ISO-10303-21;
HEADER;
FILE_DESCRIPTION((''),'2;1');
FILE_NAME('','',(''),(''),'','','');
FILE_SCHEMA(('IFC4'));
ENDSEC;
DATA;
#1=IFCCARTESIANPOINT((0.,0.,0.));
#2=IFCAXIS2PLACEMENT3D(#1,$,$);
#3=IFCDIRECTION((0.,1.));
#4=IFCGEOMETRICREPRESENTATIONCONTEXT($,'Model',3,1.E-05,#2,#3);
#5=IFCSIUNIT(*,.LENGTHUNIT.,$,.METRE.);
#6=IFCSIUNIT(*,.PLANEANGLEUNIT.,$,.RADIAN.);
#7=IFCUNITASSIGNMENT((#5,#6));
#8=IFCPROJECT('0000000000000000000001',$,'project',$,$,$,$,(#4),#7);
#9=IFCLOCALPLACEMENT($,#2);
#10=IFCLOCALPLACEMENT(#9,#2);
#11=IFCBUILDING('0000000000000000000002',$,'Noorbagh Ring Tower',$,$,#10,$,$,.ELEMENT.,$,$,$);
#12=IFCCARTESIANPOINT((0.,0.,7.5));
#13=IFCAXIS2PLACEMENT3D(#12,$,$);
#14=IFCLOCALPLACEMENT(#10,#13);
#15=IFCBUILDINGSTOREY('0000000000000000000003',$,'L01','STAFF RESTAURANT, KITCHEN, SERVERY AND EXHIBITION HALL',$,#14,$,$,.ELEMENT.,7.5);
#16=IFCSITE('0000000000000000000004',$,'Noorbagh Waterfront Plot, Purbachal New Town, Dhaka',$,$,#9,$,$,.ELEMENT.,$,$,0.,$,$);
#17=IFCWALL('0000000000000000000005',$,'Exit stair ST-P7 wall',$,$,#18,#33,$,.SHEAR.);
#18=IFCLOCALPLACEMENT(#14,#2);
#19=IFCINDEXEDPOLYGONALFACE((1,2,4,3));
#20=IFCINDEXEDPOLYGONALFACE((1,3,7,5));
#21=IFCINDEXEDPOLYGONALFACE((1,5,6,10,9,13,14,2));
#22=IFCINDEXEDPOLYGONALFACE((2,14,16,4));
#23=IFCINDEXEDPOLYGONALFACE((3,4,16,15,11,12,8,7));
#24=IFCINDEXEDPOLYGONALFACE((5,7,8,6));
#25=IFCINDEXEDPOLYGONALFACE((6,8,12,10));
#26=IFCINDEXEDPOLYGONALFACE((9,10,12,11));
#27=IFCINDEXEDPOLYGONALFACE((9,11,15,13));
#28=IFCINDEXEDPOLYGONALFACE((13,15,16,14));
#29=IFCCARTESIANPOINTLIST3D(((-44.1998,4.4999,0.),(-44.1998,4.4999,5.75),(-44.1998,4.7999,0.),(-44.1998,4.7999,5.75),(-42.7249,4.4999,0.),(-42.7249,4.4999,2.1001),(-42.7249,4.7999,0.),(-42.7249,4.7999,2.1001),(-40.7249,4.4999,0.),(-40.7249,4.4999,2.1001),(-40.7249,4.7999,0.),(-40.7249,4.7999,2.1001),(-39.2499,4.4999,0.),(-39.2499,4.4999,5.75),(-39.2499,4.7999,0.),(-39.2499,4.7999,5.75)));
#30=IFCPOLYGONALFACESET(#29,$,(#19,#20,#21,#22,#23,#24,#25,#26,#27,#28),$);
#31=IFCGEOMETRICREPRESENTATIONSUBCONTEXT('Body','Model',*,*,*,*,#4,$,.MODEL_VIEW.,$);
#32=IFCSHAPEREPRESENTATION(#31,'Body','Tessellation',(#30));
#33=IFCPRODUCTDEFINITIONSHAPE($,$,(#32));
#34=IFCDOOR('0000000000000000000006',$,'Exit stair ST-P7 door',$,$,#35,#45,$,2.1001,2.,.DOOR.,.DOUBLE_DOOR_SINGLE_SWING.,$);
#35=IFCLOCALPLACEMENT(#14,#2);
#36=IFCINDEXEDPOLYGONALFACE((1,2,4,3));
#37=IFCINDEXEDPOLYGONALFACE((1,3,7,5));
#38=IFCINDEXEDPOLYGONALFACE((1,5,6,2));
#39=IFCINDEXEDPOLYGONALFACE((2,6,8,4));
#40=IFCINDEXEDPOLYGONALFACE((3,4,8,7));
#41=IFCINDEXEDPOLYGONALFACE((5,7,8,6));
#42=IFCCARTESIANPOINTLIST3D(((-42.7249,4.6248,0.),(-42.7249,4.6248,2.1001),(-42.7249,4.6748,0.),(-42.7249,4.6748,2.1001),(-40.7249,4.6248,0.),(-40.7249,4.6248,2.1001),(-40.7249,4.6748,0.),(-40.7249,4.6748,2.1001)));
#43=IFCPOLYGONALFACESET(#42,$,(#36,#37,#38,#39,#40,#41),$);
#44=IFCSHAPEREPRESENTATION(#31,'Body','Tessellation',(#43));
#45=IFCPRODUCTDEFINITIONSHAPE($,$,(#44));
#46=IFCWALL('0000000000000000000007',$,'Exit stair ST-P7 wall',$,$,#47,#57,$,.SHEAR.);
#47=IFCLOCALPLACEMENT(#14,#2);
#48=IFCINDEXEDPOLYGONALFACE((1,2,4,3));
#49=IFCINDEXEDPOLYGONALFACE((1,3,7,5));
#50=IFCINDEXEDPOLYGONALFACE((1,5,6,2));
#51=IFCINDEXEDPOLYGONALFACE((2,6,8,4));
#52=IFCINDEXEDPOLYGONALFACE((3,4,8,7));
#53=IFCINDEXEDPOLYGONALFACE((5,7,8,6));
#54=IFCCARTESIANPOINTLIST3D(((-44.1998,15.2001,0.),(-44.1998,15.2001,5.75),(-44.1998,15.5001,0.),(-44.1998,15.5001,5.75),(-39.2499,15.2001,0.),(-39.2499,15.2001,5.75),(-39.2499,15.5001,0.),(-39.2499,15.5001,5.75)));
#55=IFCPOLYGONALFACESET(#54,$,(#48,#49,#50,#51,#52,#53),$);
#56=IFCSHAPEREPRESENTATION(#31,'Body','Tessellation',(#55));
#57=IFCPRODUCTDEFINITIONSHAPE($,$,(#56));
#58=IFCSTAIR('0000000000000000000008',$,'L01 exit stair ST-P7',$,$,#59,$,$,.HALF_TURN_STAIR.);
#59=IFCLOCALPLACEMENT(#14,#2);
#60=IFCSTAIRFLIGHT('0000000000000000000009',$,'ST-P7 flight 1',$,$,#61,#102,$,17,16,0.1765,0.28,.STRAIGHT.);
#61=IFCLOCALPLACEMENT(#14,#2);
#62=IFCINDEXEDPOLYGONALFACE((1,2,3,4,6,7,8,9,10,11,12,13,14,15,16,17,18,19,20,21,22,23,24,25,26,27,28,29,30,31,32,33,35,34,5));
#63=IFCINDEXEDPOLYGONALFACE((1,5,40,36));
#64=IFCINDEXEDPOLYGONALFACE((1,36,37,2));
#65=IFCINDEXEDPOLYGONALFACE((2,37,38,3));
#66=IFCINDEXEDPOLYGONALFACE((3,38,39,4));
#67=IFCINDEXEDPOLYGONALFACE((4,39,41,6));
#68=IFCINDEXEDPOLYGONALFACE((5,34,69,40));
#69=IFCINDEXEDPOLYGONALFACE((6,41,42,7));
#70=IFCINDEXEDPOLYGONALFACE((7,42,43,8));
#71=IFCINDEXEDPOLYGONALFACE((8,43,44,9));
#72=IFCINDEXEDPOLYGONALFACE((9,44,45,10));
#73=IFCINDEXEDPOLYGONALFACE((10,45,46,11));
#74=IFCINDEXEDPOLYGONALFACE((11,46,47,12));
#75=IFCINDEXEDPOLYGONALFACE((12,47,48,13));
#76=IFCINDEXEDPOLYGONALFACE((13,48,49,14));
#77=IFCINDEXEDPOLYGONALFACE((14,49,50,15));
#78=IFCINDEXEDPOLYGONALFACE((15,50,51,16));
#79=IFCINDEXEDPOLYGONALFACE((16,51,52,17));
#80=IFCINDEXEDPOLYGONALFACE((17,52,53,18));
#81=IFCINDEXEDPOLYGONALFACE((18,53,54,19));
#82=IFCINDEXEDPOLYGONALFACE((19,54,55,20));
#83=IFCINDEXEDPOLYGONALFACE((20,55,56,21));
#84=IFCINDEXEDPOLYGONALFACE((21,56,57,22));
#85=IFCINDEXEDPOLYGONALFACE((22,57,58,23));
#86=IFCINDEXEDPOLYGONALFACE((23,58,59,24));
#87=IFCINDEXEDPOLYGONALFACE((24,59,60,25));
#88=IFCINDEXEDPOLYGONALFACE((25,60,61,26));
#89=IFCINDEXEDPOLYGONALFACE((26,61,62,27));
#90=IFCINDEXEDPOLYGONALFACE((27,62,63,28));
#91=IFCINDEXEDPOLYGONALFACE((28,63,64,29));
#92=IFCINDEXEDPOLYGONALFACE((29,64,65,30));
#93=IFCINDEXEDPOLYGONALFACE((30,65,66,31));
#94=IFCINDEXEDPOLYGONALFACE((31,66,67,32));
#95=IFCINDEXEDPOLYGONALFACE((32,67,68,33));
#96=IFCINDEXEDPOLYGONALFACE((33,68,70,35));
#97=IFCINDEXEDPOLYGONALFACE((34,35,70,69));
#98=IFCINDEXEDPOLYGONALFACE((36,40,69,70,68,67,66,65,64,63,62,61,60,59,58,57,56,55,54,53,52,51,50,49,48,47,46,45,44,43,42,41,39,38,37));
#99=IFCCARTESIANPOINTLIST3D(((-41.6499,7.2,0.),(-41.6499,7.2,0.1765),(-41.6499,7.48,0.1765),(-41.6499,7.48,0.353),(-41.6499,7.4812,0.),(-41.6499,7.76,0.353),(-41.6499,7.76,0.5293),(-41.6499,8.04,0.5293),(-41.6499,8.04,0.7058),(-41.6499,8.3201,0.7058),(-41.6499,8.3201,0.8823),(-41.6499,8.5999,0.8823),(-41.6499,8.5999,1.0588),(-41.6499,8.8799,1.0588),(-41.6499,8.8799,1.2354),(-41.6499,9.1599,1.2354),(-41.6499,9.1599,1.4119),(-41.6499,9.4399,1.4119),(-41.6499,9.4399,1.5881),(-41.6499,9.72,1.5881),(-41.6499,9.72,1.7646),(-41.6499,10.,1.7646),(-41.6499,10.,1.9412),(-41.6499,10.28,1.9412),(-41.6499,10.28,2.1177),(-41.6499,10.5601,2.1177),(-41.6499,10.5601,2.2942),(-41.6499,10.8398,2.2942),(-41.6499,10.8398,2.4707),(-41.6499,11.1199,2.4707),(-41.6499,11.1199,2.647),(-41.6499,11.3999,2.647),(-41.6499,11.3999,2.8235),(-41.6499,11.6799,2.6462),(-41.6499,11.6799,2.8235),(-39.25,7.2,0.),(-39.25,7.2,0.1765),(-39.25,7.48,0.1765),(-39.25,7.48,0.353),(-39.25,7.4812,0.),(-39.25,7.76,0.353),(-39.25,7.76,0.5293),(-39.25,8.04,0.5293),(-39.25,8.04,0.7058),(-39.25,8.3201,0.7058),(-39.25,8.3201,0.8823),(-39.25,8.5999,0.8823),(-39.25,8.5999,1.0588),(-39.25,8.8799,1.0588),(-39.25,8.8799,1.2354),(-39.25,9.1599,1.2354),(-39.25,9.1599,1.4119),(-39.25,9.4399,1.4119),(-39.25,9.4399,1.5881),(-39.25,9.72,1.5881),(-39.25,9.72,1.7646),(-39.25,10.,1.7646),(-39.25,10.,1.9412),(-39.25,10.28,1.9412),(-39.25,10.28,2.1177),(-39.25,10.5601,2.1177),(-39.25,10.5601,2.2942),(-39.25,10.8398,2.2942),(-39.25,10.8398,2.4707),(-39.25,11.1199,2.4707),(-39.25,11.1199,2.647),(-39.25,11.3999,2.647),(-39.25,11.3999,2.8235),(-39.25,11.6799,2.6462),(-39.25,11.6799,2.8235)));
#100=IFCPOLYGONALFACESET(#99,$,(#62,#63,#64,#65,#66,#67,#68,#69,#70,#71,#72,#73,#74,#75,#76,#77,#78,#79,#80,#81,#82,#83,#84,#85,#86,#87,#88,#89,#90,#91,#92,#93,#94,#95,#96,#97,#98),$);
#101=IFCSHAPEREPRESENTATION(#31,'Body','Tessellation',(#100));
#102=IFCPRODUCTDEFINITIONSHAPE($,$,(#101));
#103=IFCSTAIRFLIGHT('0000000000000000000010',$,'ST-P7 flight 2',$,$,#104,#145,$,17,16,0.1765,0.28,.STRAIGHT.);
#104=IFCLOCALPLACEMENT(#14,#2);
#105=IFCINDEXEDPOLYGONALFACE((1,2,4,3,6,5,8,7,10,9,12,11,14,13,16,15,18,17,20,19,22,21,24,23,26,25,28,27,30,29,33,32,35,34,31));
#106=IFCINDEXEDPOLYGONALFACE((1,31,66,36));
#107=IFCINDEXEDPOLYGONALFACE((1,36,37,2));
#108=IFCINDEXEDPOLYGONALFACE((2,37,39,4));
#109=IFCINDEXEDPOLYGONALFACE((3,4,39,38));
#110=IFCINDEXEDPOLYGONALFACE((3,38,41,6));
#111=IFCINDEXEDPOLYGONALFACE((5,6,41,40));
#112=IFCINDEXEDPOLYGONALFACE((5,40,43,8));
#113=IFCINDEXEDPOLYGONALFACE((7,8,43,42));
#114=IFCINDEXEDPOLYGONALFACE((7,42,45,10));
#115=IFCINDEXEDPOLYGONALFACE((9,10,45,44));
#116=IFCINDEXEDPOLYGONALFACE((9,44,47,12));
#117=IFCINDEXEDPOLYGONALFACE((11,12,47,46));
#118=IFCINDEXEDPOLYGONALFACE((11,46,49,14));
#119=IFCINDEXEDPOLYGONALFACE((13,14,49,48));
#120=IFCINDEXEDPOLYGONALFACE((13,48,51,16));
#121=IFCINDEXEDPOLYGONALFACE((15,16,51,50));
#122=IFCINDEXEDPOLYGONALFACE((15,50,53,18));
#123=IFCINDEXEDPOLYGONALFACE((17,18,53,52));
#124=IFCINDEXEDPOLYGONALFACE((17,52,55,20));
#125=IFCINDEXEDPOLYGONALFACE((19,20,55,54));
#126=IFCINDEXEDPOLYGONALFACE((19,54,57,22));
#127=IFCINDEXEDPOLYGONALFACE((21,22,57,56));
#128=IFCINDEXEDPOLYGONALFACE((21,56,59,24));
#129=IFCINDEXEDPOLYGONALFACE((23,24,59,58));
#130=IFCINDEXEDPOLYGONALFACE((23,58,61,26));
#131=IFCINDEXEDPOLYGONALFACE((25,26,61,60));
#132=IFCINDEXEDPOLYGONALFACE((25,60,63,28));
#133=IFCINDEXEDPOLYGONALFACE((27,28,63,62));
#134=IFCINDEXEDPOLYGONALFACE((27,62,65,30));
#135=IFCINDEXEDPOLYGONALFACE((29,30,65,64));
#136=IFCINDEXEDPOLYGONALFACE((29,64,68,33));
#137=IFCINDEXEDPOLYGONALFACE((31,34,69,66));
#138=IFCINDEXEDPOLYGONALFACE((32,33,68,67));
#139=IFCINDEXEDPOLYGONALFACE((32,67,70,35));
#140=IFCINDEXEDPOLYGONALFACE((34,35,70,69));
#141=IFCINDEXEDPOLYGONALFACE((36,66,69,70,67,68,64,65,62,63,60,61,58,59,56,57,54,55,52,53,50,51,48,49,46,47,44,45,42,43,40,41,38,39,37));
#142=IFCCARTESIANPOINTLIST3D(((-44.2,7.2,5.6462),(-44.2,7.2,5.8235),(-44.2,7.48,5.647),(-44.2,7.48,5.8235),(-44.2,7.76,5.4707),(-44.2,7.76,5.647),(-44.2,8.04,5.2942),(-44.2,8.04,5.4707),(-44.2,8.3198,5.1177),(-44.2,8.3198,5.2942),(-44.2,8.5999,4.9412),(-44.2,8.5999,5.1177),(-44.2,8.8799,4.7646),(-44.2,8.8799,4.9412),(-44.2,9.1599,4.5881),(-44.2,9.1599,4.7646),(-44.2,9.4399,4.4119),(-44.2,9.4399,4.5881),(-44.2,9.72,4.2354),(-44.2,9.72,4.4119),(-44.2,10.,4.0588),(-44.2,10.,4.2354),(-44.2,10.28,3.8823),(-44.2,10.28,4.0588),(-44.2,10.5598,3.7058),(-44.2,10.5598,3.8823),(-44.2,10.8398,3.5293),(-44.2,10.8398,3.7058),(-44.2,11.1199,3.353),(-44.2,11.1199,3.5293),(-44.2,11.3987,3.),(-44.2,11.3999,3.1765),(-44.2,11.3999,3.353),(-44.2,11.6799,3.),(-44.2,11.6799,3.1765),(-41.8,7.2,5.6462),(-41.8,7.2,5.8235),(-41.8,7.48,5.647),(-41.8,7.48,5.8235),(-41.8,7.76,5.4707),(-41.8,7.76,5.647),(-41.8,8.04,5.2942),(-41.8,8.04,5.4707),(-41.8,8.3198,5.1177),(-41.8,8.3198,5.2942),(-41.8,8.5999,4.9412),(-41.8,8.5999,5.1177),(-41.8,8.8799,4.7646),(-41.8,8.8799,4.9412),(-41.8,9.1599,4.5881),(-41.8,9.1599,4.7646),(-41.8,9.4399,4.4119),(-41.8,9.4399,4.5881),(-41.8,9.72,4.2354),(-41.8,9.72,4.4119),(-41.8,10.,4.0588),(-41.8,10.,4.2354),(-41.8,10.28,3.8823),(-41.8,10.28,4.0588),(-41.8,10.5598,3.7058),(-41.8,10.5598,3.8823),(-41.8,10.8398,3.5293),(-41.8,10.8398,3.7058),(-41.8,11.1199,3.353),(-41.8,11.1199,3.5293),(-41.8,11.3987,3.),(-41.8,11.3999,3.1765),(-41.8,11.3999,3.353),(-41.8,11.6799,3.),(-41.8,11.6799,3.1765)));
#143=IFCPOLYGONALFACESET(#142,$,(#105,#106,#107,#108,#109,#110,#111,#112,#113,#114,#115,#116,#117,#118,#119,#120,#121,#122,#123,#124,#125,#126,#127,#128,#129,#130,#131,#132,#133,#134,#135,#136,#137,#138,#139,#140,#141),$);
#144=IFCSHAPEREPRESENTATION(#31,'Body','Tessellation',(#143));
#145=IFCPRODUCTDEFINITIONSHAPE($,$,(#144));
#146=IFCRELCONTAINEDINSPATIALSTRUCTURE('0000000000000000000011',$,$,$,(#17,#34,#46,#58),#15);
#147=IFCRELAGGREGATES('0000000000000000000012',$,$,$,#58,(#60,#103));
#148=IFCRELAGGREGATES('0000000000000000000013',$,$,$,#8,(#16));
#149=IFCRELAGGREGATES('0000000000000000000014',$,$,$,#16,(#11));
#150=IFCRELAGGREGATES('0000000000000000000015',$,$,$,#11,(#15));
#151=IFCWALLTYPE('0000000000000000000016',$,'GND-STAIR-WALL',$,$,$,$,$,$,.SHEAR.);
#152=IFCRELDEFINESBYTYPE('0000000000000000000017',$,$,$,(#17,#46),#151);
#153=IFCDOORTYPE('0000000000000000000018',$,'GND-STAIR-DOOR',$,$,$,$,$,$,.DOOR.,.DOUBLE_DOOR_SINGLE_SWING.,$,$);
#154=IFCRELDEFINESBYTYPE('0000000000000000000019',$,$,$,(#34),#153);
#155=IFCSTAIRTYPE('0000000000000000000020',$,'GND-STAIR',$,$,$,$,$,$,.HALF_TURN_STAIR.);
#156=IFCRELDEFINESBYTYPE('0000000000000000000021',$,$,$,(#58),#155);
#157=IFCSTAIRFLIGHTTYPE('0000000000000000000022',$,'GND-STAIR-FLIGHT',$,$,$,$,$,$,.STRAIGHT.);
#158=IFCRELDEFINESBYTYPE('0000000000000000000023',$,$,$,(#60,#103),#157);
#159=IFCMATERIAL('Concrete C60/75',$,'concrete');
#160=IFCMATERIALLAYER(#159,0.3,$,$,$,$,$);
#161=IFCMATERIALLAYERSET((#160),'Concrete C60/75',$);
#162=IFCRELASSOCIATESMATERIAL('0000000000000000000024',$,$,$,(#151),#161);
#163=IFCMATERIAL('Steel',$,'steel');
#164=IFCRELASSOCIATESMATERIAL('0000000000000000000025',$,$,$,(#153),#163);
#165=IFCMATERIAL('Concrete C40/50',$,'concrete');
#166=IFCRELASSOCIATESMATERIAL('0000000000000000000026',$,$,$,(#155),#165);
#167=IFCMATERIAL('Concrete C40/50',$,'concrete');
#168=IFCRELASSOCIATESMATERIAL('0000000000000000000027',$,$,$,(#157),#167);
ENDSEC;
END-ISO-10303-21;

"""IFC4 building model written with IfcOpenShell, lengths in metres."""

from ifc_helpers import new_model, si_unit, direction, frame, frame_2d, origin, place, context, subcontext, project, spatial, polyline, rectangle, outline, extrude, material, layer, layer_set, type_object, element, fill, aggregate, save


model = new_model("IFC4")

# Units and contexts
model_context = context("Model", 3, precision=1e-05, world=origin(), true_north=direction((0.0, 1.0)))
body_context = subcontext(model_context, "Body", "Model", "MODEL_VIEW")
ifc_project = project(units=[si_unit("LENGTHUNIT", "METRE"), si_unit("PLANEANGLEUNIT", "RADIAN")], contexts=[model_context])

# Site, building, storey
site_placement = place(None, origin())
site = spatial("IfcSite", under=ifc_project, at=site_placement, Name="Noorbagh Waterfront Plot, Purbachal New Town, Dhaka", CompositionType="ELEMENT", RefElevation=0.0)
building_placement = place(site_placement, origin())
building = spatial("IfcBuilding", under=site, at=building_placement, Name="Noorbagh Ring Tower", CompositionType="ELEMENT")
storey_placement = place(building_placement, frame((0.0, 0.0, 7.5)))
storey = spatial("IfcBuildingStorey", under=building, at=storey_placement, Name="L01", Description="STAFF RESTAURANT, KITCHEN, SERVERY AND EXHIBITION HALL", CompositionType="ELEMENT", Elevation=7.5)

# Wall, opening, door
ifc_material_1 = material(Name="Concrete C60/75", Category="concrete")
ifc_layer_1 = layer(ifc_material_1, 0.3)
ifc_layer_set_1 = layer_set([ifc_layer_1], Name="Concrete C60/75")
wall_type_1 = type_object("IfcWallType", Name="GND-STAIR-WALL", PredefinedType="SHEAR", material=ifc_layer_set_1)
wall_1_placement = place(storey_placement, frame((-44.2, 4.6499, 0.0), z_axis=(0.0, 0.0, 1.0), x_axis=(1.0, 0.0, 0.0)))
wall_1 = element("IfcWall", 1, at=wall_1_placement, inside=storey, type_object=wall_type_1, Name="Exit stair ST-P7 wall", PredefinedType="SHEAR", context=body_context, shape_type="SweptSolid", body=[
    extrude(rectangle(XDim=4.95, YDim=0.3, at=frame_2d((2.4751, 0.0))), origin(), (0.0, 0.0, 1.0), 5.75),
])
opening_1_placement = place(wall_1_placement, frame((1.4751, 0.0, 0.0)))
opening_1 = element("IfcOpeningElement", 2, at=opening_1_placement, cuts=wall_1, PredefinedType="OPENING", context=body_context, shape_type="SweptSolid", body=[
    extrude(rectangle(XDim=2.0, YDim=2.1001, at=frame_2d((1.0, 1.05))), frame((0.0, 0.1602, 0.0), z_axis=(0.0, -1.0, 0.0), x_axis=(1.0, 0.0, 0.0)), (0.0, 0.0, 1.0), 0.3201),
])
ifc_material_2 = material(Name="Steel", Category="steel")
door_type = type_object("IfcDoorType", Name="GND-STAIR-DOOR", OperationType="DOUBLE_DOOR_SINGLE_SWING", PredefinedType="DOOR", material=ifc_material_2)
door_placement = place(opening_1_placement, origin())
door = element("IfcDoor", 3, at=door_placement, inside=storey, type_object=door_type, Name="Exit stair ST-P7 door", OperationType="DOUBLE_DOOR_SINGLE_SWING", OverallHeight=2.1001, OverallWidth=2.0, PredefinedType="DOOR", context=body_context, shape_type="SweptSolid", body=[
    extrude(rectangle(XDim=2.0, YDim=2.1001, at=frame_2d((1.0, 1.05))), frame((0.0, 0.0249, 0.0), z_axis=(0.0, -1.0, 0.0), x_axis=(1.0, 0.0, 0.0)), (0.0, 0.0, 1.0), 0.05),
])
fill(opening_1, door)

# Wall
wall_2_placement = place(storey_placement, frame((-44.2, 15.3501, 0.0), z_axis=(0.0, 0.0, 1.0), x_axis=(1.0, 0.0, 0.0)))
element("IfcWall", 4, at=wall_2_placement, inside=storey, type_object=wall_type_1, Name="Exit stair ST-P7 wall", PredefinedType="SHEAR", context=body_context, shape_type="SweptSolid", body=[
    extrude(rectangle(XDim=4.95, YDim=0.3, at=frame_2d((2.4751, 0.0))), origin(), (0.0, 0.0, 1.0), 5.75),
])

# Stair, stair flights
ifc_material_3 = material(Name="Concrete C40/50", Category="concrete")
stair_type = type_object("IfcStairType", Name="GND-STAIR", PredefinedType="HALF_TURN_STAIR", material=ifc_material_3)
stair_placement = place(storey_placement, origin())
stair = element("IfcStair", 5, at=stair_placement, inside=storey, type_object=stair_type, Name="L01 exit stair ST-P7", PredefinedType="HALF_TURN_STAIR")
ifc_material_4 = material(Name="Concrete C40/50", Category="concrete")
stair_flight_type = type_object("IfcStairFlightType", Name="GND-STAIR-FLIGHT", PredefinedType="STRAIGHT", material=ifc_material_4)
stair_flight_1_placement = place(storey_placement, frame((-40.45, 7.2, 0.0), z_axis=(0.0, 0.0, 1.0), x_axis=(0.0, 1.0, 0.0)))
stair_flight_1 = element("IfcStairFlight", 6, at=stair_flight_1_placement, type_object=stair_flight_type, Name="ST-P7 flight 1", NumberOfRisers=17, NumberOfTreads=16, PredefinedType="STRAIGHT", RiserHeight=0.1765, TreadLength=0.28, context=body_context, shape_type="SweptSolid", body=[
    extrude(outline(polyline([(0.0, 0.0), (0.0, 0.1765), (0.28, 0.1765), (0.28, 0.353), (0.5601, 0.353), (0.5601, 0.5293), (0.8401, 0.5293), (0.8401, 0.7058), (1.1201, 0.7058), (1.1201, 0.8823), (1.3999, 0.8823), (1.3999, 1.0588), (1.6799, 1.0588), (1.6799, 1.2354), (1.96, 1.2354), (1.96, 1.4119), (2.24, 1.4119), (2.24, 1.5881), (2.52, 1.5881), (2.52, 1.7646), (2.8, 1.7646), (2.8, 1.9412), (3.0801, 1.9412), (3.0801, 2.1177), (3.3601, 2.1177), (3.3601, 2.2942), (3.6399, 2.2942), (3.6399, 2.4707), (3.9199, 2.4707), (3.9199, 2.647), (4.2, 2.647), (4.2, 2.8235), (4.48, 2.8235), (4.48, 3.0), (4.48, 2.6462), (0.2812, 0.0), (0.0, 0.0)])), frame((0.0, 1.2, 0.0), z_axis=(0.0, -1.0, 0.0), x_axis=(1.0, 0.0, 0.0)), (0.0, 0.0, 1.0), 2.3999),
])
stair_flight_2_placement = place(storey_placement, frame((-43.0, 11.6799, 3.0), z_axis=(0.0, 0.0, 1.0), x_axis=(0.0, -1.0, 0.0)))
stair_flight_2 = element("IfcStairFlight", 7, at=stair_flight_2_placement, type_object=stair_flight_type, Name="ST-P7 flight 2", NumberOfRisers=17, NumberOfTreads=16, PredefinedType="STRAIGHT", RiserHeight=0.1765, TreadLength=0.28, context=body_context, shape_type="SweptSolid", body=[
    extrude(outline(polyline([(0.0, 0.0), (0.0, 0.1765), (0.28, 0.1765), (0.28, 0.353), (0.5601, 0.353), (0.5601, 0.5293), (0.8401, 0.5293), (0.8401, 0.7058), (1.1201, 0.7058), (1.1201, 0.8823), (1.3999, 0.8823), (1.3999, 1.0588), (1.6799, 1.0588), (1.6799, 1.2354), (1.96, 1.2354), (1.96, 1.4119), (2.24, 1.4119), (2.24, 1.5881), (2.52, 1.5881), (2.52, 1.7646), (2.8, 1.7646), (2.8, 1.9412), (3.0801, 1.9412), (3.0801, 2.1177), (3.3601, 2.1177), (3.3601, 2.2942), (3.6399, 2.2942), (3.6399, 2.4707), (3.9199, 2.4707), (3.9199, 2.647), (4.2, 2.647), (4.2, 2.8235), (4.48, 2.8235), (4.48, 3.0), (4.48, 2.6462), (0.2812, 0.0), (0.0, 0.0)])), frame((0.0, 1.2, 0.0), z_axis=(0.0, -1.0, 0.0), x_axis=(1.0, 0.0, 0.0)), (0.0, 0.0, 1.0), 2.3999),
])
aggregate(stair, [stair_flight_1, stair_flight_2])

save(model, "model.ifc")
